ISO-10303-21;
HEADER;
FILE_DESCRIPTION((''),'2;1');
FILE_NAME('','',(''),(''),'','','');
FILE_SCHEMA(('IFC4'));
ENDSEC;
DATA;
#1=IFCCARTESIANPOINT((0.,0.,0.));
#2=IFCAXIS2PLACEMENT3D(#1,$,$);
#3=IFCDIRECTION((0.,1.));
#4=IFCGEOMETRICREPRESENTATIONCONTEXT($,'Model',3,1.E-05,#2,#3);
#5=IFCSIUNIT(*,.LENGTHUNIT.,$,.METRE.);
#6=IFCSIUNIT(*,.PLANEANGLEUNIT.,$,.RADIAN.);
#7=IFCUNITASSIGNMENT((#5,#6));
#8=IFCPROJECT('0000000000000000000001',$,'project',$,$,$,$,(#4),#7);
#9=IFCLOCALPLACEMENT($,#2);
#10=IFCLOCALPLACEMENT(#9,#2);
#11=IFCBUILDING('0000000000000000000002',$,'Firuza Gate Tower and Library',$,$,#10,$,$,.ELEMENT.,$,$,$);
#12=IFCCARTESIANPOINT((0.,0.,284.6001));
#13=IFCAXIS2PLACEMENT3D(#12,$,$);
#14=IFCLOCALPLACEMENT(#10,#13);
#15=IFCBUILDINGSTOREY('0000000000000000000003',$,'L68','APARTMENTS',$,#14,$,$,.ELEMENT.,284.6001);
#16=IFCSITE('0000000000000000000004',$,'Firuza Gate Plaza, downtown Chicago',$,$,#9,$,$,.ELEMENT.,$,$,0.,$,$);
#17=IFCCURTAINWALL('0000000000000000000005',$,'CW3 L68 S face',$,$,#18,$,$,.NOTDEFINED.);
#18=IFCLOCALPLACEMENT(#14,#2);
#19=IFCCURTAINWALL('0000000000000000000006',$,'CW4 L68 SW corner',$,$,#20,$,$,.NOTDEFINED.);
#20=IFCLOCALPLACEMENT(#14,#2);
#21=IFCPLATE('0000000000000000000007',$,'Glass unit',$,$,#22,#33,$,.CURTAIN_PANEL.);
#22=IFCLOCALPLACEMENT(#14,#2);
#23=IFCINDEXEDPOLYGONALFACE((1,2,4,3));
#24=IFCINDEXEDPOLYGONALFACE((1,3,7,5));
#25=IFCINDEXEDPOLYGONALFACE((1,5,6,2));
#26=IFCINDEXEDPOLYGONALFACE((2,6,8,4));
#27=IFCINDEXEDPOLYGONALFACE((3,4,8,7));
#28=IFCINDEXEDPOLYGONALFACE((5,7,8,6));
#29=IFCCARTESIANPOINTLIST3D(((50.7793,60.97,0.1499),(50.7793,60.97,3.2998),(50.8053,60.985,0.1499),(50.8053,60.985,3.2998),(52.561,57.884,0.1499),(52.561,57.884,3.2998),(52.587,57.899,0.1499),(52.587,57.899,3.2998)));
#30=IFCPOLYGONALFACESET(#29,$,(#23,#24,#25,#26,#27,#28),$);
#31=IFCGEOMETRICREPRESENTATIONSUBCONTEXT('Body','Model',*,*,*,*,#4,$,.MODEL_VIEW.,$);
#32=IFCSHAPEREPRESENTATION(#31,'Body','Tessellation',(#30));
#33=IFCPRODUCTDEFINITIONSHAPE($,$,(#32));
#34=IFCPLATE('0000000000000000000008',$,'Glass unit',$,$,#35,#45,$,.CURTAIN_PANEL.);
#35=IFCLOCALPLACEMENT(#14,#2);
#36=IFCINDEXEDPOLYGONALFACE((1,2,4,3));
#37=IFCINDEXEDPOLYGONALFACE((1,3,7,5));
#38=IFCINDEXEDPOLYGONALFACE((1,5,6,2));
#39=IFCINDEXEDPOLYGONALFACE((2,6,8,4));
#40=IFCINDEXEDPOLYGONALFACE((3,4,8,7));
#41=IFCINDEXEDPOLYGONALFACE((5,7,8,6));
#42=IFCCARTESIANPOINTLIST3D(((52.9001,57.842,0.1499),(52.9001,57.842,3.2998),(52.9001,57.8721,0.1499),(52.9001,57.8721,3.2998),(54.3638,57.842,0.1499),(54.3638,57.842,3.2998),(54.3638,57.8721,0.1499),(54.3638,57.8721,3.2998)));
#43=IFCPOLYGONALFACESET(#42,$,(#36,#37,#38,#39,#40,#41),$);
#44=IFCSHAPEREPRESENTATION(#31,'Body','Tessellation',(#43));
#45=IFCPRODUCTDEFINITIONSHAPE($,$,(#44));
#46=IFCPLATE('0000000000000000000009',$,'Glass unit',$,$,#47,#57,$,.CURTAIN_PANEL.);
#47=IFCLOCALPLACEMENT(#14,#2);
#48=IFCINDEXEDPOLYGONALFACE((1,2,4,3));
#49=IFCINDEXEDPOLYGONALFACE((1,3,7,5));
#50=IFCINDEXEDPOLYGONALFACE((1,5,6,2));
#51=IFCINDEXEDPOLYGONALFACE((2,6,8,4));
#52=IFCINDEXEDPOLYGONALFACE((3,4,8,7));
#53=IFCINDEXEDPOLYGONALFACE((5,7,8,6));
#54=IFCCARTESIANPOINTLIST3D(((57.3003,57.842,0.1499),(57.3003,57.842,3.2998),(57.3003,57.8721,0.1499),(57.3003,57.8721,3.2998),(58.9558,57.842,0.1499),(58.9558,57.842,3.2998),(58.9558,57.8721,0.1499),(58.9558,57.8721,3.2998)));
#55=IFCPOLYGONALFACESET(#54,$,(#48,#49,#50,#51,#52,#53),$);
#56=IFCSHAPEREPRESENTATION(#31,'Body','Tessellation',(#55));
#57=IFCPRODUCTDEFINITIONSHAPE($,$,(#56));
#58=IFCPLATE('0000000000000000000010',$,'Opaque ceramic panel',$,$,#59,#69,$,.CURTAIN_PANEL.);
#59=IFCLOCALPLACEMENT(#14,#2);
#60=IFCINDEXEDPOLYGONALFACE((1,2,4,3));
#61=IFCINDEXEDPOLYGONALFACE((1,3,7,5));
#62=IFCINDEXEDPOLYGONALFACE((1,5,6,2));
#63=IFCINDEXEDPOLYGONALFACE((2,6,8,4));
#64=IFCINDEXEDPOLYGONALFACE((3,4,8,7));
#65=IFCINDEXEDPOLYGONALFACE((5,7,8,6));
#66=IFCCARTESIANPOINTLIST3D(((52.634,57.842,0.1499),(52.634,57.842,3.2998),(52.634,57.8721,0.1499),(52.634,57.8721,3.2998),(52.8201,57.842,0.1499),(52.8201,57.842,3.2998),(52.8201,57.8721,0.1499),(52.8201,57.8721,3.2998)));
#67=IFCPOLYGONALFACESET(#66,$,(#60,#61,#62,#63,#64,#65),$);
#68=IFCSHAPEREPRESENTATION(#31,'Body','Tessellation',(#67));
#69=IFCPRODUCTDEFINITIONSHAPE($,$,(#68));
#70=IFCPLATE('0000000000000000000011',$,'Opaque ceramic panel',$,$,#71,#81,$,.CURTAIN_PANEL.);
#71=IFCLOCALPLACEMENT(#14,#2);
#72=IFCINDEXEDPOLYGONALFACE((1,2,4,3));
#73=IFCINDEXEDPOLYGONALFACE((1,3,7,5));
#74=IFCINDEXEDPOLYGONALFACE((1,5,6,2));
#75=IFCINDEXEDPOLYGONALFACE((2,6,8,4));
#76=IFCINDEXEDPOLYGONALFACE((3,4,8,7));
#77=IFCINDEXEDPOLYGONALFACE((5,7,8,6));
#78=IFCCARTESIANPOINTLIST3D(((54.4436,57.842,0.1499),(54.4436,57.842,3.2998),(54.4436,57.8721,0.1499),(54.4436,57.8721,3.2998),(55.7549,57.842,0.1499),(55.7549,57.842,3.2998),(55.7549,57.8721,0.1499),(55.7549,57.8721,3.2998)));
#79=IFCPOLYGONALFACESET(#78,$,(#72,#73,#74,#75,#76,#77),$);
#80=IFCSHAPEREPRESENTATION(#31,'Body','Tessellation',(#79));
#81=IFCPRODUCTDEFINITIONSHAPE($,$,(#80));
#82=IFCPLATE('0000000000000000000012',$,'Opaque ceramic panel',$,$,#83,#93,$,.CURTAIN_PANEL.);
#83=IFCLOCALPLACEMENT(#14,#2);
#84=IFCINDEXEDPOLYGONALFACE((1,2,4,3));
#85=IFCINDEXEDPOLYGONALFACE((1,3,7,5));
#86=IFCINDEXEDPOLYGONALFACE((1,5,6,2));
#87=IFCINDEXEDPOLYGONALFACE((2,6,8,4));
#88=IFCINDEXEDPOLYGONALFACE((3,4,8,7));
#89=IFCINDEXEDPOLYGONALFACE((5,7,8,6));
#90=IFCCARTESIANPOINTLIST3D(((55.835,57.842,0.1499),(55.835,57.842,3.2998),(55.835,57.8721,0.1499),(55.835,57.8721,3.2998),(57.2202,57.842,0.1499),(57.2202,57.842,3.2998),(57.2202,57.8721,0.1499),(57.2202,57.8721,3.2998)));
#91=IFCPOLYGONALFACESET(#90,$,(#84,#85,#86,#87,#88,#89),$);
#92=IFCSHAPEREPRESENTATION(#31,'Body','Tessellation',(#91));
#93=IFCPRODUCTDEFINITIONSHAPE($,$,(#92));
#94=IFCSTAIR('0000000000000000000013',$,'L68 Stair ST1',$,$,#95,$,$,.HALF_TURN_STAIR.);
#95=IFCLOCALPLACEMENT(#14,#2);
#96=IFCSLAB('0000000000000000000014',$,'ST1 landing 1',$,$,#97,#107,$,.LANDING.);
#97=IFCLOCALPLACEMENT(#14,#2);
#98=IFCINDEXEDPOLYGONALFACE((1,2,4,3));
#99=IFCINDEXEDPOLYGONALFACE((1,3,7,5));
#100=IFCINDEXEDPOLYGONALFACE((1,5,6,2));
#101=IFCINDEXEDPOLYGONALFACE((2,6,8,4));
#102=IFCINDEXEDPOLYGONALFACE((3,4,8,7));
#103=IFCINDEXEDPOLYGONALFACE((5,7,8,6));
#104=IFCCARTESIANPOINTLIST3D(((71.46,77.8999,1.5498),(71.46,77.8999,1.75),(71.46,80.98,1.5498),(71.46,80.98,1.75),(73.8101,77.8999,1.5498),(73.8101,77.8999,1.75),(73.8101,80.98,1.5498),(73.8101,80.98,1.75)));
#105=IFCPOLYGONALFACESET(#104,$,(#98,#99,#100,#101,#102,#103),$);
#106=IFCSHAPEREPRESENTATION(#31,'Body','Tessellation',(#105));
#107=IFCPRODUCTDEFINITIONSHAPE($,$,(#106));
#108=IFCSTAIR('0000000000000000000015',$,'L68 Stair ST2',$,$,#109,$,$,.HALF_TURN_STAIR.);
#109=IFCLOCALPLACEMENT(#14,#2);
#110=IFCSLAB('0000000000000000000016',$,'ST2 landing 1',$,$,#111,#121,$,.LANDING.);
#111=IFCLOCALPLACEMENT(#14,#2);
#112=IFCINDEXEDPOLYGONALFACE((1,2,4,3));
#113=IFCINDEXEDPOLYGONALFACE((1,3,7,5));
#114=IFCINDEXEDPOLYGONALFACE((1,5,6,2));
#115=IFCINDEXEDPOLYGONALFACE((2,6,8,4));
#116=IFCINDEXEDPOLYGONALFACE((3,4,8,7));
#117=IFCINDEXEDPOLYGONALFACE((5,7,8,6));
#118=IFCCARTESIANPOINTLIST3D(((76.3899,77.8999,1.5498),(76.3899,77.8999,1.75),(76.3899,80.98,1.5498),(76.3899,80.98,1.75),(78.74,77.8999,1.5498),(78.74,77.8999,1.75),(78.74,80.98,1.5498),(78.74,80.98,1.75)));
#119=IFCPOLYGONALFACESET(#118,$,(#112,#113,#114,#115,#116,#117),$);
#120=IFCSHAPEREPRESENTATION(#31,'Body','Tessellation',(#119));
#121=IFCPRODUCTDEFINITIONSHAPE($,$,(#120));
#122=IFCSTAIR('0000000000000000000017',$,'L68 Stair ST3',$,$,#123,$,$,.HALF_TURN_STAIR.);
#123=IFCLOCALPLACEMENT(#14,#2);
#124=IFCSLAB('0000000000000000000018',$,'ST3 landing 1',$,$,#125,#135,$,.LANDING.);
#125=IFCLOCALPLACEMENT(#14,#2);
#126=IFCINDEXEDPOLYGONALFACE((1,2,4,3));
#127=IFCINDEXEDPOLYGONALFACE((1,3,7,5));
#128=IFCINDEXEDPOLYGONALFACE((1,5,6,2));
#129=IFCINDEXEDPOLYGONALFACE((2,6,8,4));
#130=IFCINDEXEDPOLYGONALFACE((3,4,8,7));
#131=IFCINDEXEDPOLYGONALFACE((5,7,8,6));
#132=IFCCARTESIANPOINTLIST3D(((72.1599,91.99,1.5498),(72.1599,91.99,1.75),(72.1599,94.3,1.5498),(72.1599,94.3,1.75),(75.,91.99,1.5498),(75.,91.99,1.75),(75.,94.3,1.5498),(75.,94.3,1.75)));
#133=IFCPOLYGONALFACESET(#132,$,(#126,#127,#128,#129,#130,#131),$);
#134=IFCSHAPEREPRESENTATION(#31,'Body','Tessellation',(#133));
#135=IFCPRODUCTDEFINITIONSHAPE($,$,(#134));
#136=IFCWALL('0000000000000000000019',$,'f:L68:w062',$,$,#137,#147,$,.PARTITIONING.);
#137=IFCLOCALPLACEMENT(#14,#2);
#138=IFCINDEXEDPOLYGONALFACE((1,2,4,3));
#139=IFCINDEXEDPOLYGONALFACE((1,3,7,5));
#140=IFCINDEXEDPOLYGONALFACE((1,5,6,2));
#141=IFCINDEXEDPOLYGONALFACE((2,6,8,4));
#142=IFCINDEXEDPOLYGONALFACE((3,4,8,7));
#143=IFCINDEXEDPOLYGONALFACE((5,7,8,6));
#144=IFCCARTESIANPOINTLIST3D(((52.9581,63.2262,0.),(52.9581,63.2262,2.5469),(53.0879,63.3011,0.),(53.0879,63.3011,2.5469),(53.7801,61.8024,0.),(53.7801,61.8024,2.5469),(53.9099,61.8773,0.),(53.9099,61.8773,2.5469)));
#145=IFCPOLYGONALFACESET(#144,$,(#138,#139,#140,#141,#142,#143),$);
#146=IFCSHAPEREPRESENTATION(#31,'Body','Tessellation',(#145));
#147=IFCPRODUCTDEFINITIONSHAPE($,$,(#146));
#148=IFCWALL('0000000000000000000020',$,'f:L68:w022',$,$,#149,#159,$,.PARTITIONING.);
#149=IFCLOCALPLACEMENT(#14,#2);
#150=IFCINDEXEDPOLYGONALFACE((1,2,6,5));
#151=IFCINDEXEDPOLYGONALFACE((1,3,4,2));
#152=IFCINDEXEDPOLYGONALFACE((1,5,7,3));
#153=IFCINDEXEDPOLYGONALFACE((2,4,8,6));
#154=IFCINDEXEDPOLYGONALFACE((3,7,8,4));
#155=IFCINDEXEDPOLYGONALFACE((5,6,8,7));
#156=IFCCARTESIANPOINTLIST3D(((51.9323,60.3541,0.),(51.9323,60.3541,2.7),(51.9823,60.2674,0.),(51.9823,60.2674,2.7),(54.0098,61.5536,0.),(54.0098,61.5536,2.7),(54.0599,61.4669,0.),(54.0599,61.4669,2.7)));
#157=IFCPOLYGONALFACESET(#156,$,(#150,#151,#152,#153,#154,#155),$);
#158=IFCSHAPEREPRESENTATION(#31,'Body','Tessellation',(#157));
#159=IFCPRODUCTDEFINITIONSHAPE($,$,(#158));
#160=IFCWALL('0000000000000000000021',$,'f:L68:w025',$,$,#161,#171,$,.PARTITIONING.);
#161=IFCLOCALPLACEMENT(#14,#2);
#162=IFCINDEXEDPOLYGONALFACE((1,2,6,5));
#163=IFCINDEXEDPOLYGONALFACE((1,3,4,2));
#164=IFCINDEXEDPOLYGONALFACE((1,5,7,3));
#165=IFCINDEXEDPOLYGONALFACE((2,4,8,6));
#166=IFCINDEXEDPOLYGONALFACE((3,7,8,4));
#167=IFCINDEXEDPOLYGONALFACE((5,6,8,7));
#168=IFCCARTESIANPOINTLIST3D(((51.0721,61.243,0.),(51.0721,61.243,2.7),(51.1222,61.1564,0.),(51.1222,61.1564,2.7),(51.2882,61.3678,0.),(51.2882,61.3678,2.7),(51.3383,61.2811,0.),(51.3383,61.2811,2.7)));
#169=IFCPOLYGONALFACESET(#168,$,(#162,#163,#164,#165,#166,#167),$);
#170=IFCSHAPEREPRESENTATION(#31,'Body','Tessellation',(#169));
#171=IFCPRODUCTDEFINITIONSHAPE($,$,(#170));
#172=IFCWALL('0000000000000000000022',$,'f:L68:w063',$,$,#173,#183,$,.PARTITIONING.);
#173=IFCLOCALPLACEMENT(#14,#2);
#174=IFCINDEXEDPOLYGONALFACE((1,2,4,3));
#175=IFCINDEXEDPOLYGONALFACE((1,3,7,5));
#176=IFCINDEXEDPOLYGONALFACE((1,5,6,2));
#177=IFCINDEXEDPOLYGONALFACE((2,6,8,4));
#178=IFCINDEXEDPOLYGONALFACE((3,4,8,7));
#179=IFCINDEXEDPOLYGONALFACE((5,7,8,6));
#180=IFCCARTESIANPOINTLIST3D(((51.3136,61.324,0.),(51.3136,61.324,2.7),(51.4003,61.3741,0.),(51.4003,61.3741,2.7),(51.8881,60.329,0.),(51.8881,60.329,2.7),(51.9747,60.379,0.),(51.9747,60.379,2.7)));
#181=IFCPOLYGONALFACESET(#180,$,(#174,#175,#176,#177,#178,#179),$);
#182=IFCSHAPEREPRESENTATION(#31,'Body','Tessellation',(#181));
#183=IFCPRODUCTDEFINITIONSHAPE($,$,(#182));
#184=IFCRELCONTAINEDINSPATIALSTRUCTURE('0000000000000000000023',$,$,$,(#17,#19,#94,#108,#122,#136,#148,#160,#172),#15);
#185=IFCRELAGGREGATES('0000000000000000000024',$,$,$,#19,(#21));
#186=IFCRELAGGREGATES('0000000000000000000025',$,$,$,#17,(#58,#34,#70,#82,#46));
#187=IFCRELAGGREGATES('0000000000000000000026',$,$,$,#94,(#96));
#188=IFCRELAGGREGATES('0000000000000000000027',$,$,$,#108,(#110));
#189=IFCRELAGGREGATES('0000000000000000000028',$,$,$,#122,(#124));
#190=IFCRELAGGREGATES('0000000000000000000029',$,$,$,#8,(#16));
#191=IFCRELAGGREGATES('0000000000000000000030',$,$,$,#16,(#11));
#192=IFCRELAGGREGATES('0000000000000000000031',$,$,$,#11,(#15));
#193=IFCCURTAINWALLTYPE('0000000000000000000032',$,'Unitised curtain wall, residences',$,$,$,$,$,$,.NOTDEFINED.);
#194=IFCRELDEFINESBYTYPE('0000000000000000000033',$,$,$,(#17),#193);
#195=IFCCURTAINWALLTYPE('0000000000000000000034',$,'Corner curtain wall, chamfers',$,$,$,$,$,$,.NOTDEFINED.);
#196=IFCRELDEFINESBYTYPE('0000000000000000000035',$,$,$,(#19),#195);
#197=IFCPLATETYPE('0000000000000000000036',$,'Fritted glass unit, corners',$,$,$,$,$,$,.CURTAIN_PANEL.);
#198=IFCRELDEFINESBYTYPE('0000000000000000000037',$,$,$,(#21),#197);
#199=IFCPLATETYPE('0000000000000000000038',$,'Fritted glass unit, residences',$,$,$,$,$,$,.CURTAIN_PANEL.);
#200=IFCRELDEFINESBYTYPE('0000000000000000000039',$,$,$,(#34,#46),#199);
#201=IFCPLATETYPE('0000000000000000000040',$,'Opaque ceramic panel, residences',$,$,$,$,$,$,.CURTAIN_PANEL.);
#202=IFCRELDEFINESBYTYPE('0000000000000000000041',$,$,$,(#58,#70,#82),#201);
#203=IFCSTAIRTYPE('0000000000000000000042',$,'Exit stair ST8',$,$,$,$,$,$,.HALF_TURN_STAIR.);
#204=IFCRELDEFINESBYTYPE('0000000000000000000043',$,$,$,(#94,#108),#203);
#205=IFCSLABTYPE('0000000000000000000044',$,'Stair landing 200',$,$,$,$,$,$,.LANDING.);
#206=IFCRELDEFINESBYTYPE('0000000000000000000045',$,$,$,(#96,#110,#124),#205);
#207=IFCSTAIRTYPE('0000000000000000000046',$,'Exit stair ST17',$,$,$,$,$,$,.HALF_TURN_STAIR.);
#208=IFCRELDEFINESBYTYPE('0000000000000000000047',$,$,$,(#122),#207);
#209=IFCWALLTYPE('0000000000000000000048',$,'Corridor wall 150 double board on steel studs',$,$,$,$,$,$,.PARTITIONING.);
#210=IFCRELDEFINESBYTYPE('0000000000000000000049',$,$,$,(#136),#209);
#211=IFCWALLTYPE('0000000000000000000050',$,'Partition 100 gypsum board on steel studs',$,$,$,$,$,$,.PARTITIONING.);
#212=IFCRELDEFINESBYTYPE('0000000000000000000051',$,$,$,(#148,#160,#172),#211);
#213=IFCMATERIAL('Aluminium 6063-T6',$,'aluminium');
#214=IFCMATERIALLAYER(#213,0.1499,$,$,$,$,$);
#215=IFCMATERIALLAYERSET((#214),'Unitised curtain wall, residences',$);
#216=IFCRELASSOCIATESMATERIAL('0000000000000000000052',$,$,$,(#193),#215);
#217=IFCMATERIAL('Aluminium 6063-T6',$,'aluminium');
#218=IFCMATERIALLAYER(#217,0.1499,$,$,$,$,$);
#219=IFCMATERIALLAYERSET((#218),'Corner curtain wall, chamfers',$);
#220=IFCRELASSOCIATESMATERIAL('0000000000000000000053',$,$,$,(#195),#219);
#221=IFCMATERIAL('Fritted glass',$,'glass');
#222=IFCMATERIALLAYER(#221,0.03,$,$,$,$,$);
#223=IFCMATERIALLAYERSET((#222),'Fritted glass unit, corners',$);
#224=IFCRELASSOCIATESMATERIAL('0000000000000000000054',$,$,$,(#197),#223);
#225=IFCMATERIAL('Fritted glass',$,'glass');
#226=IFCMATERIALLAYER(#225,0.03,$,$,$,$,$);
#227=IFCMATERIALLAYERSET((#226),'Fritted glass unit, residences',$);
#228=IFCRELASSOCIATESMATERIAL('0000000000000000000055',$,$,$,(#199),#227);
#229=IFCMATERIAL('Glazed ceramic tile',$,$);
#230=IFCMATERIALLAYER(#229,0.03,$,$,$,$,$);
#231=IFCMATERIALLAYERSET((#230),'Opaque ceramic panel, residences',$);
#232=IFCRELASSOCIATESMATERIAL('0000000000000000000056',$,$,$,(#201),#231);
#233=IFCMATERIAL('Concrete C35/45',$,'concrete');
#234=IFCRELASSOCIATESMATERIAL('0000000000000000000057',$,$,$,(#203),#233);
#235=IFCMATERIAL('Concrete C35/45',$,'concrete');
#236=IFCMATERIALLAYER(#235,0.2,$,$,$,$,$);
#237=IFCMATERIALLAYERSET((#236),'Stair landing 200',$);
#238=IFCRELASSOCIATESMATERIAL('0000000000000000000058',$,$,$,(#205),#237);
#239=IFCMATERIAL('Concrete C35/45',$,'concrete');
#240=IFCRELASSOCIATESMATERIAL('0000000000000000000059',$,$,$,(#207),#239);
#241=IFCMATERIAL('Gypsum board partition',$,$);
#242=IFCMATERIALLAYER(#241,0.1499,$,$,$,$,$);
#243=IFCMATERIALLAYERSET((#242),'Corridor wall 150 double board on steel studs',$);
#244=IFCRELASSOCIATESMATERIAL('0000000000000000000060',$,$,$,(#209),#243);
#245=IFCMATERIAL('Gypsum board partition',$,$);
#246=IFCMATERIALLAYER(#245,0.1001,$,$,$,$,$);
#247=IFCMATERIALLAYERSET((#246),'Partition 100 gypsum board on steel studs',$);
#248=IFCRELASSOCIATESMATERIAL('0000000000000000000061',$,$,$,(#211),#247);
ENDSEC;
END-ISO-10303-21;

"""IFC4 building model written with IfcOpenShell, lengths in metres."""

from ifc_helpers import new_model, si_unit, direction, frame, frame_2d, origin, place, context, subcontext, project, spatial, polyline, rectangle, outline, extrude, material, layer, layer_set, type_object, element, aggregate, save


model = new_model("IFC4")

# Units and contexts
model_context = context("Model", 3, precision=1e-05, world=origin(), true_north=direction((0.0, 1.0)))
body_context = subcontext(model_context, "Body", "Model", "MODEL_VIEW")
ifc_project = project(units=[si_unit("LENGTHUNIT", "METRE"), si_unit("PLANEANGLEUNIT", "RADIAN")], contexts=[model_context])

# Site, building, storey
site_placement = place(None, origin())
site = spatial("IfcSite", under=ifc_project, at=site_placement, Name="Firuza Gate Plaza, downtown Chicago", CompositionType="ELEMENT", RefElevation=0.0)
building_placement = place(site_placement, origin())
building = spatial("IfcBuilding", under=site, at=building_placement, Name="Firuza Gate Tower and Library", CompositionType="ELEMENT")
storey_placement = place(building_placement, frame((0.0, 0.0, 284.6001)))
storey = spatial("IfcBuildingStorey", under=building, at=storey_placement, Name="L68", Description="APARTMENTS", CompositionType="ELEMENT", Elevation=284.6001)

# Curtain walls
ifc_material_1 = material(Name="Aluminium 6063-T6", Category="aluminium")
ifc_layer_1 = layer(ifc_material_1, 0.1499)
ifc_layer_set_1 = layer_set([ifc_layer_1], Name="Unitised curtain wall, residences")
curtain_wall_type_1 = type_object("IfcCurtainWallType", Name="Unitised curtain wall, residences", PredefinedType="NOTDEFINED", material=ifc_layer_set_1)
placement_1 = place(storey_placement, origin())
curtain_wall_1 = element("IfcCurtainWall", 1, at=placement_1, inside=storey, type_object=curtain_wall_type_1, Name="CW3 L68 S face", PredefinedType="NOTDEFINED")
ifc_material_2 = material(Name="Aluminium 6063-T6", Category="aluminium")
ifc_layer_2 = layer(ifc_material_2, 0.1499)
ifc_layer_set_2 = layer_set([ifc_layer_2], Name="Corner curtain wall, chamfers")
curtain_wall_type_2 = type_object("IfcCurtainWallType", Name="Corner curtain wall, chamfers", PredefinedType="NOTDEFINED", material=ifc_layer_set_2)
curtain_wall_2 = element("IfcCurtainWall", 2, at=placement_1, inside=storey, type_object=curtain_wall_type_2, Name="CW4 L68 SW corner", PredefinedType="NOTDEFINED")

# Plates
ifc_material_3 = material(Name="Fritted glass", Category="glass")
ifc_layer_3 = layer(ifc_material_3, 0.03)
ifc_layer_set_3 = layer_set([ifc_layer_3], Name="Fritted glass unit, corners")
plate_type_1 = type_object("IfcPlateType", Name="Fritted glass unit, corners", PredefinedType="CURTAIN_PANEL", material=ifc_layer_set_3)
plate_1_placement = place(storey_placement, frame((50.7793, 60.97, 0.1499), z_axis=(-0.866017, -0.500015, 0.0), x_axis=(0.500015, -0.866017, 0.0)))
plate_1 = element("IfcPlate", 3, at=plate_1_placement, type_object=plate_type_1, Name="Glass unit", PredefinedType="CURTAIN_PANEL", context=body_context, shape_type="SweptSolid", body=[
    extrude(outline(polyline([(0.0, 0.0), (3.5634, 0.0), (3.5634, 3.1499), (0.0, 3.1499), (0.0, 0.0)])), origin(), (0.0, 0.0, -1.0), 0.03),
])
aggregate(curtain_wall_2, [plate_1])
ifc_material_4 = material(Name="Fritted glass", Category="glass")
ifc_layer_4 = layer(ifc_material_4, 0.03)
ifc_layer_set_4 = layer_set([ifc_layer_4], Name="Fritted glass unit, residences")
plate_type_2 = type_object("IfcPlateType", Name="Fritted glass unit, residences", PredefinedType="CURTAIN_PANEL", material=ifc_layer_set_4)
plate_2_placement = place(storey_placement, frame((52.9001, 57.842, 0.1499), z_axis=(0.0, -1.0, 0.0), x_axis=(1.0, 0.0, 0.0)))
plate_2 = element("IfcPlate", 4, at=plate_2_placement, type_object=plate_type_2, Name="Glass unit", PredefinedType="CURTAIN_PANEL", context=body_context, shape_type="SweptSolid", body=[
    extrude(outline(polyline([(0.0, 0.0), (1.4636, 0.0), (1.4636, 3.1499), (0.0, 3.1499), (0.0, 0.0)])), origin(), (0.0, 0.0, -1.0), 0.03),
])
plate_3_placement = place(storey_placement, frame((57.3003, 57.842, 0.1499), z_axis=(0.0, -1.0, 0.0), x_axis=(1.0, 0.0, 0.0)))
plate_3 = element("IfcPlate", 5, at=plate_3_placement, type_object=plate_type_2, Name="Glass unit", PredefinedType="CURTAIN_PANEL", context=body_context, shape_type="SweptSolid", body=[
    extrude(outline(polyline([(0.0, 0.0), (1.6555, 0.0), (1.6555, 3.1499), (0.0, 3.1499), (0.0, 0.0)])), origin(), (0.0, 0.0, -1.0), 0.03),
])
ifc_material_5 = material(Name="Glazed ceramic tile")
ifc_layer_5 = layer(ifc_material_5, 0.03)
ifc_layer_set_5 = layer_set([ifc_layer_5], Name="Opaque ceramic panel, residences")
plate_type_3 = type_object("IfcPlateType", Name="Opaque ceramic panel, residences", PredefinedType="CURTAIN_PANEL", material=ifc_layer_set_5)
plate_4_placement = place(storey_placement, frame((52.634, 57.842, 0.1499), z_axis=(0.0, -1.0, 0.0), x_axis=(1.0, 0.0, 0.0)))
plate_4 = element("IfcPlate", 6, at=plate_4_placement, type_object=plate_type_3, Name="Opaque ceramic panel", PredefinedType="CURTAIN_PANEL", context=body_context, shape_type="SweptSolid", body=[
    extrude(outline(polyline([(0.0, 0.0), (0.186, 0.0), (0.186, 3.1499), (0.0, 3.1499), (0.0, 0.0)])), origin(), (0.0, 0.0, -1.0), 0.03),
])
plate_5_placement = place(storey_placement, frame((54.4436, 57.842, 0.1499), z_axis=(0.0, -1.0, 0.0), x_axis=(1.0, 0.0, 0.0)))
plate_5 = element("IfcPlate", 7, at=plate_5_placement, type_object=plate_type_3, Name="Opaque ceramic panel", PredefinedType="CURTAIN_PANEL", context=body_context, shape_type="SweptSolid", body=[
    extrude(outline(polyline([(0.0, 0.0), (1.3113, 0.0), (1.3113, 3.1499), (0.0, 3.1499), (0.0, 0.0)])), origin(), (0.0, 0.0, -1.0), 0.03),
])
plate_6_placement = place(storey_placement, frame((55.835, 57.842, 0.1499), z_axis=(0.0, -1.0, 0.0), x_axis=(1.0, 0.0, 0.0)))
plate_6 = element("IfcPlate", 8, at=plate_6_placement, type_object=plate_type_3, Name="Opaque ceramic panel", PredefinedType="CURTAIN_PANEL", context=body_context, shape_type="SweptSolid", body=[
    extrude(outline(polyline([(0.0, 0.0), (1.3853, 0.0), (1.3853, 3.1499), (0.0, 3.1499), (0.0, 0.0)])), origin(), (0.0, 0.0, -1.0), 0.03),
])
aggregate(curtain_wall_1, [plate_4, plate_2, plate_5, plate_6, plate_3])

# Stairs, slabs
ifc_material_6 = material(Name="Concrete C35/45", Category="concrete")
stair_type_1 = type_object("IfcStairType", Name="Exit stair ST8", PredefinedType="HALF_TURN_STAIR", material=ifc_material_6)
stair_1 = element("IfcStair", 9, at=placement_1, inside=storey, type_object=stair_type_1, Name="L68 Stair ST1", PredefinedType="HALF_TURN_STAIR")
ifc_material_7 = material(Name="Concrete C35/45", Category="concrete")
ifc_layer_6 = layer(ifc_material_7, 0.2)
ifc_layer_set_6 = layer_set([ifc_layer_6], Name="Stair landing 200")
slab_type_1 = type_object("IfcSlabType", Name="Stair landing 200", PredefinedType="LANDING", material=ifc_layer_set_6)
placement_2 = place(storey_placement, frame((0.0, 0.0, 1.5498)))
slab_1 = element("IfcSlab", 10, at=placement_2, type_object=slab_type_1, Name="ST1 landing 1", PredefinedType="LANDING", context=body_context, shape_type="SweptSolid", body=[
    extrude(outline(polyline([(71.46, 77.8999), (73.8101, 77.8999), (73.8101, 80.98), (71.46, 80.98), (71.46, 77.8999)])), origin(), (0.0, 0.0, 1.0), 0.2002),
])
aggregate(stair_1, [slab_1])
stair_2 = element("IfcStair", 11, at=placement_1, inside=storey, type_object=stair_type_1, Name="L68 Stair ST2", PredefinedType="HALF_TURN_STAIR")
slab_2 = element("IfcSlab", 12, at=placement_2, type_object=slab_type_1, Name="ST2 landing 1", PredefinedType="LANDING", context=body_context, shape_type="SweptSolid", body=[
    extrude(outline(polyline([(78.74, 80.98), (76.3899, 80.98), (76.3899, 77.8999), (78.74, 77.8999), (78.74, 80.98)])), origin(), (0.0, 0.0, 1.0), 0.2002),
])
aggregate(stair_2, [slab_2])
ifc_material_8 = material(Name="Concrete C35/45", Category="concrete")
stair_type_2 = type_object("IfcStairType", Name="Exit stair ST17", PredefinedType="HALF_TURN_STAIR", material=ifc_material_8)
stair_3 = element("IfcStair", 13, at=placement_1, inside=storey, type_object=stair_type_2, Name="L68 Stair ST3", PredefinedType="HALF_TURN_STAIR")
slab_3 = element("IfcSlab", 14, at=placement_2, type_object=slab_type_1, Name="ST3 landing 1", PredefinedType="LANDING", context=body_context, shape_type="SweptSolid", body=[
    extrude(outline(polyline([(75.0, 91.99), (75.0, 94.3), (72.1599, 94.3), (72.1599, 91.99), (75.0, 91.99)])), origin(), (0.0, 0.0, 1.0), 0.2002),
])
aggregate(stair_3, [slab_3])

# Walls
ifc_material_9 = material(Name="Gypsum board partition")
ifc_layer_7 = layer(ifc_material_9, 0.1499)
ifc_layer_set_7 = layer_set([ifc_layer_7], Name="Corridor wall 150 double board on steel studs")
wall_type_1 = type_object("IfcWallType", Name="Corridor wall 150 double board on steel studs", PredefinedType="PARTITIONING", material=ifc_layer_set_7)
wall_1_placement = place(storey_placement, frame((53.845, 61.8398, 0.0), z_axis=(0.0, 0.0, 1.0), x_axis=(-0.499988, 0.866032, 0.0)))
element("IfcWall", 15, at=wall_1_placement, inside=storey, type_object=wall_type_1, Name="f:L68:w062", PredefinedType="PARTITIONING", context=body_context, shape_type="SweptSolid", body=[
    extrude(rectangle(XDim=1.644, YDim=0.1499, at=frame_2d((0.822, 0.0))), origin(), (0.0, 0.0, 1.0), 2.5469),
])
ifc_material_10 = material(Name="Gypsum board partition")
ifc_layer_8 = layer(ifc_material_10, 0.1001)
ifc_layer_set_8 = layer_set([ifc_layer_8], Name="Partition 100 gypsum board on steel studs")
wall_type_2 = type_object("IfcWallType", Name="Partition 100 gypsum board on steel studs", PredefinedType="PARTITIONING", material=ifc_layer_set_8)
wall_2_placement = place(storey_placement, frame((51.9573, 60.3108, 0.0), z_axis=(0.0, 0.0, 1.0), x_axis=(0.866036, 0.499981, 0.0)))
element("IfcWall", 16, at=wall_2_placement, inside=storey, type_object=wall_type_2, Name="f:L68:w022", PredefinedType="PARTITIONING", context=body_context, shape_type="SweptSolid", body=[
    extrude(rectangle(XDim=2.3989, YDim=0.1001, at=frame_2d((1.1995, 0.0))), origin(), (0.0, 0.0, 1.0), 2.7),
])
wall_3_placement = place(storey_placement, frame((51.0972, 61.1997, 0.0), z_axis=(0.0, 0.0, 1.0), x_axis=(0.866006, 0.500033, 0.0)))
element("IfcWall", 17, at=wall_3_placement, inside=storey, type_object=wall_type_2, Name="f:L68:w025", PredefinedType="PARTITIONING", context=body_context, shape_type="SweptSolid", body=[
    extrude(rectangle(XDim=0.2495, YDim=0.1001, at=frame_2d((0.1248, 0.0))), origin(), (0.0, 0.0, 1.0), 2.7),
])
wall_4_placement = place(storey_placement, frame((51.9314, 60.354, 0.0), z_axis=(0.0, 0.0, 1.0), x_axis=(-0.499955, 0.866051, 0.0)))
element("IfcWall", 18, at=wall_4_placement, inside=storey, type_object=wall_type_2, Name="f:L68:w063", PredefinedType="PARTITIONING", context=body_context, shape_type="SweptSolid", body=[
    extrude(rectangle(XDim=1.1489, YDim=0.1001, at=frame_2d((0.5745, 0.0))), origin(), (0.0, 0.0, 1.0), 2.7),
])

save(model, "model.ifc")
